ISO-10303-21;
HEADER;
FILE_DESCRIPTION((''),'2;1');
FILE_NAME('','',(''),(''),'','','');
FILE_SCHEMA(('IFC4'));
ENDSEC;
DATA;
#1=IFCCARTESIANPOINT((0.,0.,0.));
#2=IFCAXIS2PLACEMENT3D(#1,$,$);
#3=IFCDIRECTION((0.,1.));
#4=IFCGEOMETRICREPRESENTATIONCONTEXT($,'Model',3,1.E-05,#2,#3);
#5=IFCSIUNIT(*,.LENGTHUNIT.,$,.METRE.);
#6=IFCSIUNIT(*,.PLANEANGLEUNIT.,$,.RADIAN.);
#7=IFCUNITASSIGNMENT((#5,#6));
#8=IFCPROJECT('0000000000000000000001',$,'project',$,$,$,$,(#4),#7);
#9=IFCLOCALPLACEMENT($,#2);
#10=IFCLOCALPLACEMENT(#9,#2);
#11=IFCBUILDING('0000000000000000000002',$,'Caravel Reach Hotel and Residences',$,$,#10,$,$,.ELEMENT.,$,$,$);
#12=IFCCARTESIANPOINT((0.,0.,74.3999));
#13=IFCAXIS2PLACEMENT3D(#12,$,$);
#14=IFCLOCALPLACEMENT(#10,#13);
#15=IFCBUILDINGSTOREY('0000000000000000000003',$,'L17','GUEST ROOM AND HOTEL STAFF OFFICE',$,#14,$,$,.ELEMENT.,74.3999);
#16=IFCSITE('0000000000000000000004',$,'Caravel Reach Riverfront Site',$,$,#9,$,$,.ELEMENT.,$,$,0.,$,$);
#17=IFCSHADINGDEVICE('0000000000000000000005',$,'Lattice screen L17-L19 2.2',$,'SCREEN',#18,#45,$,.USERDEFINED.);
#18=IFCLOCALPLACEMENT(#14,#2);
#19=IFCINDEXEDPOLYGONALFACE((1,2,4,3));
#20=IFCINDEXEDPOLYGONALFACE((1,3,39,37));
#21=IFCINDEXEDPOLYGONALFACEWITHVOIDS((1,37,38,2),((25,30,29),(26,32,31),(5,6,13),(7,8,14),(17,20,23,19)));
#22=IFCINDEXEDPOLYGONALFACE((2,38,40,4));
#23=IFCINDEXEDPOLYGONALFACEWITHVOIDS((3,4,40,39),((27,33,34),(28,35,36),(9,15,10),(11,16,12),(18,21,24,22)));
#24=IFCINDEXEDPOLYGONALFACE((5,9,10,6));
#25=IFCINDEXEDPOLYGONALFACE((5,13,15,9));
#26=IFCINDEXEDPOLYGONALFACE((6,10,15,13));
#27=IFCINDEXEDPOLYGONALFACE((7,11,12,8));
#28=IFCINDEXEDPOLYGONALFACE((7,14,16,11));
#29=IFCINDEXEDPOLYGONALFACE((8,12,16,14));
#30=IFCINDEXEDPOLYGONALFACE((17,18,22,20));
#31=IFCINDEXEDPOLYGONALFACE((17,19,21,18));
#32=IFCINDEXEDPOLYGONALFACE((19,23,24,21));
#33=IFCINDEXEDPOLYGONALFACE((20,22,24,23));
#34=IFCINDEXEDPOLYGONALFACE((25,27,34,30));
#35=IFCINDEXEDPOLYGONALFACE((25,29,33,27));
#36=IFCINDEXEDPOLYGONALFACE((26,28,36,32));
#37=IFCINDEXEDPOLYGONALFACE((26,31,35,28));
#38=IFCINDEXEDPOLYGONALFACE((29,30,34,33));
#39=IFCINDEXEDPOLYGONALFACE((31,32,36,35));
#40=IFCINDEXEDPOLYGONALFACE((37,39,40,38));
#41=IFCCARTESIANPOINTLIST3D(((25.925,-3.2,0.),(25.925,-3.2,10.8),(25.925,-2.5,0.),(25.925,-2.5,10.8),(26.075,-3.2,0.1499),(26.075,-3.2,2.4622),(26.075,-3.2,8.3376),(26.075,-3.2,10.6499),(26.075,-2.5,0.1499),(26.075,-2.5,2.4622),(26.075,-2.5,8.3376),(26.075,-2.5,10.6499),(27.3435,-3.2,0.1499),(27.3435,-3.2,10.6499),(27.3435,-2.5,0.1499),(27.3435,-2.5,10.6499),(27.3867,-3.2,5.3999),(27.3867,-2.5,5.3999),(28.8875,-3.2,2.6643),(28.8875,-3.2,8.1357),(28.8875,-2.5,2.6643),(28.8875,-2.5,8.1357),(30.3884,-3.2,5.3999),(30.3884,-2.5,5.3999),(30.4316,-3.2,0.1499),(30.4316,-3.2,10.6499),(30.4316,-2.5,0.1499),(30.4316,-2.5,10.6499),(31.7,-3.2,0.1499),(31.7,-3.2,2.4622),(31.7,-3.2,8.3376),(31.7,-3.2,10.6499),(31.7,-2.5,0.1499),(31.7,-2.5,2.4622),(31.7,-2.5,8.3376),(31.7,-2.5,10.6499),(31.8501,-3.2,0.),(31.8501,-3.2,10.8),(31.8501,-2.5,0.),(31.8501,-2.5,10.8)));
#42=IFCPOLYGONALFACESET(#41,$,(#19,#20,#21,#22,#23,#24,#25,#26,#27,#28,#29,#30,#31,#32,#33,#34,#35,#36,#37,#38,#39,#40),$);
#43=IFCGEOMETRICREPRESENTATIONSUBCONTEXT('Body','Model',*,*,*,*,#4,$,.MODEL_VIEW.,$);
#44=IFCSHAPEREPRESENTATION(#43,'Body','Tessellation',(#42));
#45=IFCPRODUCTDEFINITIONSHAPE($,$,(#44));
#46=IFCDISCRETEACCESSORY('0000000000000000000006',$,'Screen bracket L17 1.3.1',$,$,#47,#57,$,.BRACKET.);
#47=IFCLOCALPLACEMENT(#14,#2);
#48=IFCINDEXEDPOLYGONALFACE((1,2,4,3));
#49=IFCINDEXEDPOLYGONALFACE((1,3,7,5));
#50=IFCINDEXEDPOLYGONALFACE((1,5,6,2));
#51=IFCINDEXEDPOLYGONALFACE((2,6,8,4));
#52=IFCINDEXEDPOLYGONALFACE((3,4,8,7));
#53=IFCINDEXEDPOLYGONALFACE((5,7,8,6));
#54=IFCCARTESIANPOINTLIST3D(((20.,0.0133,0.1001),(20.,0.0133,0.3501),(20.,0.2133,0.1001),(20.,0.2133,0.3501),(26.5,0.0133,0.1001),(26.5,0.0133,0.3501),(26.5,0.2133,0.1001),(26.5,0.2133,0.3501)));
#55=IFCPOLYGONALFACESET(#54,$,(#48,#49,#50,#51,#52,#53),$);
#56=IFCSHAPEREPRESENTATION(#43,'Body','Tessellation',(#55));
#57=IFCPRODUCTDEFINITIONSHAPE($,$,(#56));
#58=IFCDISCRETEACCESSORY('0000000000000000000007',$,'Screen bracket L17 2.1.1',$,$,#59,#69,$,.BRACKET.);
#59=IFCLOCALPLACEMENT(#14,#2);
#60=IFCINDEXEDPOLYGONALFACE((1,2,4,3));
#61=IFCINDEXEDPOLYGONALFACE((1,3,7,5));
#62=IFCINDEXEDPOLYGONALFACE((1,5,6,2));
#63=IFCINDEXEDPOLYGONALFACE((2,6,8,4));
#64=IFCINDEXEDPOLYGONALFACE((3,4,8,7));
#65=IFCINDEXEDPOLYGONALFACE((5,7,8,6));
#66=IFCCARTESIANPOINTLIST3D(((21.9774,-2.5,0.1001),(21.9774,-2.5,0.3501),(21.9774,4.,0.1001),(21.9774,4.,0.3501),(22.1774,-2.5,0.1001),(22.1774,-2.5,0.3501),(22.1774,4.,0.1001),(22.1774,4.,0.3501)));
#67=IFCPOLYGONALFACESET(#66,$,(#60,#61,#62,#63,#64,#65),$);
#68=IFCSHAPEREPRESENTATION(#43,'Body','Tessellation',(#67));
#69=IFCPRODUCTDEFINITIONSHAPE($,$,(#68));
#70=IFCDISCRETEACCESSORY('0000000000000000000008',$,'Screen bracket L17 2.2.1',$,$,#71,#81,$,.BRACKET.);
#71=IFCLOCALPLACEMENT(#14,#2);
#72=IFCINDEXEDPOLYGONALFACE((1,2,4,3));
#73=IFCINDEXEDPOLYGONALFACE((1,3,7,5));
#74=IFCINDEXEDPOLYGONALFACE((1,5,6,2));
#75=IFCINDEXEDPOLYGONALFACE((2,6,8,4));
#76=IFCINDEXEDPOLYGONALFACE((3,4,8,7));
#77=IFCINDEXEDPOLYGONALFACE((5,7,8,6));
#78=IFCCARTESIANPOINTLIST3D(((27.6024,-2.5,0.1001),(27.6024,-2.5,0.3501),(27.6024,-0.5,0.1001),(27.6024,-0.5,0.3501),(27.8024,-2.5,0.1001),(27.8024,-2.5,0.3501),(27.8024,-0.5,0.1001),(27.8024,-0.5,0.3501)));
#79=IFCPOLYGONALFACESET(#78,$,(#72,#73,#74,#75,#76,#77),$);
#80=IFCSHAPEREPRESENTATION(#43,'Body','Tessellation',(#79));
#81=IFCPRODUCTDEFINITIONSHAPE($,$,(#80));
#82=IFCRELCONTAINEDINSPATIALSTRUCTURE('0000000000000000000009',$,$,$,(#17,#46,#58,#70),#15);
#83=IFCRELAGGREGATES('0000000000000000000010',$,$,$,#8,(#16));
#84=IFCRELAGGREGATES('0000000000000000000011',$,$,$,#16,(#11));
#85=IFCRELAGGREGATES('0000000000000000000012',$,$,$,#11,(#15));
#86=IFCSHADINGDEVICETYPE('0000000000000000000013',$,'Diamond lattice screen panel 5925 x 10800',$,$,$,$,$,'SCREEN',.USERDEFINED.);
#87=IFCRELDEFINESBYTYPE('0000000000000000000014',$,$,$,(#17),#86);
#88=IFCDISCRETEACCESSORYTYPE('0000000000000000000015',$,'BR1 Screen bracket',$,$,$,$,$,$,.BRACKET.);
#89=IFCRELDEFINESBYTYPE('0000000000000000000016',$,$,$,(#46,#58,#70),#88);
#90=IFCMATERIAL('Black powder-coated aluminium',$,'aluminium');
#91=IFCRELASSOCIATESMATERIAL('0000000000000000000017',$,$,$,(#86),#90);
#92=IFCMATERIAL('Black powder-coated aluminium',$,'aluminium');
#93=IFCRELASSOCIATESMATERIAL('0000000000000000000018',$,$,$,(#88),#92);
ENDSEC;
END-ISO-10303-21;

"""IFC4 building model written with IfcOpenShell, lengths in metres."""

from ifc_helpers import new_model, si_unit, direction, frame, origin, origin_2d, place, context, subcontext, project, spatial, polyline, rectangle, outline, extrude, material, type_object, element, save


model = new_model("IFC4")

# Units and contexts
model_context = context("Model", 3, precision=1e-05, world=origin(), true_north=direction((0.0, 1.0)))
body_context = subcontext(model_context, "Body", "Model", "MODEL_VIEW")
ifc_project = project(units=[si_unit("LENGTHUNIT", "METRE"), si_unit("PLANEANGLEUNIT", "RADIAN")], contexts=[model_context])

# Site, building, storey
site_placement = place(None, origin())
site = spatial("IfcSite", under=ifc_project, at=site_placement, Name="Caravel Reach Riverfront Site", CompositionType="ELEMENT", RefElevation=0.0)
building_placement = place(site_placement, origin())
building = spatial("IfcBuilding", under=site, at=building_placement, Name="Caravel Reach Hotel and Residences", CompositionType="ELEMENT")
storey_placement = place(building_placement, frame((0.0, 0.0, 74.3999)))
storey = spatial("IfcBuildingStorey", under=building, at=storey_placement, Name="L17", Description="GUEST ROOM AND HOTEL STAFF OFFICE", CompositionType="ELEMENT", Elevation=74.3999)

# Shading device
ifc_material_1 = material(Name="Black powder-coated aluminium", Category="aluminium")
shading_device_type_1 = type_object("IfcShadingDeviceType", Name="Diamond lattice screen panel 5925 x 10800", ElementType="SCREEN", PredefinedType="USERDEFINED", material=ifc_material_1)
for number, where, z_axis, x_axis, name in (
    (1, (25.925, -2.5, 0.0), (0.0, -1.0, 0.0), (1.0, 0.0, 0.0), "Lattice screen L17-L19 2.2"),
):
    element("IfcShadingDevice", number, at=place(storey_placement, frame(where, z_axis=z_axis, x_axis=x_axis)), inside=storey, type_object=shading_device_type_1, Name=name, ObjectType="SCREEN", PredefinedType="USERDEFINED", context=body_context, shape_type="SweptSolid", body=[
        extrude(outline(polyline([(0.0, 0.0), (5.925, 0.0), (5.925, 10.8), (0.0, 10.8), (0.0, 0.0)]), holes=[polyline([(1.4185, 0.1499), (0.1499, 2.4622), (0.1499, 0.1499), (1.4185, 0.1499)]), polyline([(0.1499, 8.3376), (1.4185, 10.6499), (0.1499, 10.6499), (0.1499, 8.3376)]), polyline([(2.9624, 8.1357), (1.4617, 5.3999), (2.9624, 2.6643), (4.4634, 5.3999), (2.9624, 8.1357)]), polyline([(5.7749, 2.4622), (4.5066, 0.1499), (5.7749, 0.1499), (5.7749, 2.4622)]), polyline([(4.5066, 10.6499), (5.7749, 8.3376), (5.7749, 10.6499), (4.5066, 10.6499)])]), origin(), (0.0, 0.0, 1.0), 0.7),
    ])

# Discrete accessories
ifc_material_2 = material(Name="Black powder-coated aluminium", Category="aluminium")
discrete_accessory_type = type_object("IfcDiscreteAccessoryType", Name="BR1 Screen bracket", PredefinedType="BRACKET", material=ifc_material_2)
for number, where, z_axis, x_axis, name in (
    (2, (23.25, 0.1133, 0.1001), (0.0, 0.0, 1.0), (-1.0, 0.0, 0.0), "Screen bracket L17 1.3.1"),
    (3, (22.0774, 0.75, 0.1001), (0.0, 0.0, 1.0), (0.0, -1.0, 0.0), "Screen bracket L17 2.1.1"),
):
    element("IfcDiscreteAccessory", number, at=place(storey_placement, frame(where, z_axis=z_axis, x_axis=x_axis)), inside=storey, type_object=discrete_accessory_type, Name=name, PredefinedType="BRACKET", context=body_context, shape_type="SweptSolid", body=[
        extrude(rectangle(XDim=6.5, YDim=0.2, at=origin_2d()), origin(), (0.0, 0.0, 1.0), 0.25),
    ])
discrete_accessory_placement = place(storey_placement, frame((27.7024, -1.5, 0.1001), z_axis=(0.0, 0.0, 1.0), x_axis=(0.0, -1.0, 0.0)))
element("IfcDiscreteAccessory", 4, at=discrete_accessory_placement, inside=storey, type_object=discrete_accessory_type, Name="Screen bracket L17 2.2.1", PredefinedType="BRACKET", context=body_context, shape_type="SweptSolid", body=[
    extrude(rectangle(XDim=2.0, YDim=0.2, at=origin_2d()), origin(), (0.0, 0.0, 1.0), 0.25),
])

save(model, "model.ifc")
